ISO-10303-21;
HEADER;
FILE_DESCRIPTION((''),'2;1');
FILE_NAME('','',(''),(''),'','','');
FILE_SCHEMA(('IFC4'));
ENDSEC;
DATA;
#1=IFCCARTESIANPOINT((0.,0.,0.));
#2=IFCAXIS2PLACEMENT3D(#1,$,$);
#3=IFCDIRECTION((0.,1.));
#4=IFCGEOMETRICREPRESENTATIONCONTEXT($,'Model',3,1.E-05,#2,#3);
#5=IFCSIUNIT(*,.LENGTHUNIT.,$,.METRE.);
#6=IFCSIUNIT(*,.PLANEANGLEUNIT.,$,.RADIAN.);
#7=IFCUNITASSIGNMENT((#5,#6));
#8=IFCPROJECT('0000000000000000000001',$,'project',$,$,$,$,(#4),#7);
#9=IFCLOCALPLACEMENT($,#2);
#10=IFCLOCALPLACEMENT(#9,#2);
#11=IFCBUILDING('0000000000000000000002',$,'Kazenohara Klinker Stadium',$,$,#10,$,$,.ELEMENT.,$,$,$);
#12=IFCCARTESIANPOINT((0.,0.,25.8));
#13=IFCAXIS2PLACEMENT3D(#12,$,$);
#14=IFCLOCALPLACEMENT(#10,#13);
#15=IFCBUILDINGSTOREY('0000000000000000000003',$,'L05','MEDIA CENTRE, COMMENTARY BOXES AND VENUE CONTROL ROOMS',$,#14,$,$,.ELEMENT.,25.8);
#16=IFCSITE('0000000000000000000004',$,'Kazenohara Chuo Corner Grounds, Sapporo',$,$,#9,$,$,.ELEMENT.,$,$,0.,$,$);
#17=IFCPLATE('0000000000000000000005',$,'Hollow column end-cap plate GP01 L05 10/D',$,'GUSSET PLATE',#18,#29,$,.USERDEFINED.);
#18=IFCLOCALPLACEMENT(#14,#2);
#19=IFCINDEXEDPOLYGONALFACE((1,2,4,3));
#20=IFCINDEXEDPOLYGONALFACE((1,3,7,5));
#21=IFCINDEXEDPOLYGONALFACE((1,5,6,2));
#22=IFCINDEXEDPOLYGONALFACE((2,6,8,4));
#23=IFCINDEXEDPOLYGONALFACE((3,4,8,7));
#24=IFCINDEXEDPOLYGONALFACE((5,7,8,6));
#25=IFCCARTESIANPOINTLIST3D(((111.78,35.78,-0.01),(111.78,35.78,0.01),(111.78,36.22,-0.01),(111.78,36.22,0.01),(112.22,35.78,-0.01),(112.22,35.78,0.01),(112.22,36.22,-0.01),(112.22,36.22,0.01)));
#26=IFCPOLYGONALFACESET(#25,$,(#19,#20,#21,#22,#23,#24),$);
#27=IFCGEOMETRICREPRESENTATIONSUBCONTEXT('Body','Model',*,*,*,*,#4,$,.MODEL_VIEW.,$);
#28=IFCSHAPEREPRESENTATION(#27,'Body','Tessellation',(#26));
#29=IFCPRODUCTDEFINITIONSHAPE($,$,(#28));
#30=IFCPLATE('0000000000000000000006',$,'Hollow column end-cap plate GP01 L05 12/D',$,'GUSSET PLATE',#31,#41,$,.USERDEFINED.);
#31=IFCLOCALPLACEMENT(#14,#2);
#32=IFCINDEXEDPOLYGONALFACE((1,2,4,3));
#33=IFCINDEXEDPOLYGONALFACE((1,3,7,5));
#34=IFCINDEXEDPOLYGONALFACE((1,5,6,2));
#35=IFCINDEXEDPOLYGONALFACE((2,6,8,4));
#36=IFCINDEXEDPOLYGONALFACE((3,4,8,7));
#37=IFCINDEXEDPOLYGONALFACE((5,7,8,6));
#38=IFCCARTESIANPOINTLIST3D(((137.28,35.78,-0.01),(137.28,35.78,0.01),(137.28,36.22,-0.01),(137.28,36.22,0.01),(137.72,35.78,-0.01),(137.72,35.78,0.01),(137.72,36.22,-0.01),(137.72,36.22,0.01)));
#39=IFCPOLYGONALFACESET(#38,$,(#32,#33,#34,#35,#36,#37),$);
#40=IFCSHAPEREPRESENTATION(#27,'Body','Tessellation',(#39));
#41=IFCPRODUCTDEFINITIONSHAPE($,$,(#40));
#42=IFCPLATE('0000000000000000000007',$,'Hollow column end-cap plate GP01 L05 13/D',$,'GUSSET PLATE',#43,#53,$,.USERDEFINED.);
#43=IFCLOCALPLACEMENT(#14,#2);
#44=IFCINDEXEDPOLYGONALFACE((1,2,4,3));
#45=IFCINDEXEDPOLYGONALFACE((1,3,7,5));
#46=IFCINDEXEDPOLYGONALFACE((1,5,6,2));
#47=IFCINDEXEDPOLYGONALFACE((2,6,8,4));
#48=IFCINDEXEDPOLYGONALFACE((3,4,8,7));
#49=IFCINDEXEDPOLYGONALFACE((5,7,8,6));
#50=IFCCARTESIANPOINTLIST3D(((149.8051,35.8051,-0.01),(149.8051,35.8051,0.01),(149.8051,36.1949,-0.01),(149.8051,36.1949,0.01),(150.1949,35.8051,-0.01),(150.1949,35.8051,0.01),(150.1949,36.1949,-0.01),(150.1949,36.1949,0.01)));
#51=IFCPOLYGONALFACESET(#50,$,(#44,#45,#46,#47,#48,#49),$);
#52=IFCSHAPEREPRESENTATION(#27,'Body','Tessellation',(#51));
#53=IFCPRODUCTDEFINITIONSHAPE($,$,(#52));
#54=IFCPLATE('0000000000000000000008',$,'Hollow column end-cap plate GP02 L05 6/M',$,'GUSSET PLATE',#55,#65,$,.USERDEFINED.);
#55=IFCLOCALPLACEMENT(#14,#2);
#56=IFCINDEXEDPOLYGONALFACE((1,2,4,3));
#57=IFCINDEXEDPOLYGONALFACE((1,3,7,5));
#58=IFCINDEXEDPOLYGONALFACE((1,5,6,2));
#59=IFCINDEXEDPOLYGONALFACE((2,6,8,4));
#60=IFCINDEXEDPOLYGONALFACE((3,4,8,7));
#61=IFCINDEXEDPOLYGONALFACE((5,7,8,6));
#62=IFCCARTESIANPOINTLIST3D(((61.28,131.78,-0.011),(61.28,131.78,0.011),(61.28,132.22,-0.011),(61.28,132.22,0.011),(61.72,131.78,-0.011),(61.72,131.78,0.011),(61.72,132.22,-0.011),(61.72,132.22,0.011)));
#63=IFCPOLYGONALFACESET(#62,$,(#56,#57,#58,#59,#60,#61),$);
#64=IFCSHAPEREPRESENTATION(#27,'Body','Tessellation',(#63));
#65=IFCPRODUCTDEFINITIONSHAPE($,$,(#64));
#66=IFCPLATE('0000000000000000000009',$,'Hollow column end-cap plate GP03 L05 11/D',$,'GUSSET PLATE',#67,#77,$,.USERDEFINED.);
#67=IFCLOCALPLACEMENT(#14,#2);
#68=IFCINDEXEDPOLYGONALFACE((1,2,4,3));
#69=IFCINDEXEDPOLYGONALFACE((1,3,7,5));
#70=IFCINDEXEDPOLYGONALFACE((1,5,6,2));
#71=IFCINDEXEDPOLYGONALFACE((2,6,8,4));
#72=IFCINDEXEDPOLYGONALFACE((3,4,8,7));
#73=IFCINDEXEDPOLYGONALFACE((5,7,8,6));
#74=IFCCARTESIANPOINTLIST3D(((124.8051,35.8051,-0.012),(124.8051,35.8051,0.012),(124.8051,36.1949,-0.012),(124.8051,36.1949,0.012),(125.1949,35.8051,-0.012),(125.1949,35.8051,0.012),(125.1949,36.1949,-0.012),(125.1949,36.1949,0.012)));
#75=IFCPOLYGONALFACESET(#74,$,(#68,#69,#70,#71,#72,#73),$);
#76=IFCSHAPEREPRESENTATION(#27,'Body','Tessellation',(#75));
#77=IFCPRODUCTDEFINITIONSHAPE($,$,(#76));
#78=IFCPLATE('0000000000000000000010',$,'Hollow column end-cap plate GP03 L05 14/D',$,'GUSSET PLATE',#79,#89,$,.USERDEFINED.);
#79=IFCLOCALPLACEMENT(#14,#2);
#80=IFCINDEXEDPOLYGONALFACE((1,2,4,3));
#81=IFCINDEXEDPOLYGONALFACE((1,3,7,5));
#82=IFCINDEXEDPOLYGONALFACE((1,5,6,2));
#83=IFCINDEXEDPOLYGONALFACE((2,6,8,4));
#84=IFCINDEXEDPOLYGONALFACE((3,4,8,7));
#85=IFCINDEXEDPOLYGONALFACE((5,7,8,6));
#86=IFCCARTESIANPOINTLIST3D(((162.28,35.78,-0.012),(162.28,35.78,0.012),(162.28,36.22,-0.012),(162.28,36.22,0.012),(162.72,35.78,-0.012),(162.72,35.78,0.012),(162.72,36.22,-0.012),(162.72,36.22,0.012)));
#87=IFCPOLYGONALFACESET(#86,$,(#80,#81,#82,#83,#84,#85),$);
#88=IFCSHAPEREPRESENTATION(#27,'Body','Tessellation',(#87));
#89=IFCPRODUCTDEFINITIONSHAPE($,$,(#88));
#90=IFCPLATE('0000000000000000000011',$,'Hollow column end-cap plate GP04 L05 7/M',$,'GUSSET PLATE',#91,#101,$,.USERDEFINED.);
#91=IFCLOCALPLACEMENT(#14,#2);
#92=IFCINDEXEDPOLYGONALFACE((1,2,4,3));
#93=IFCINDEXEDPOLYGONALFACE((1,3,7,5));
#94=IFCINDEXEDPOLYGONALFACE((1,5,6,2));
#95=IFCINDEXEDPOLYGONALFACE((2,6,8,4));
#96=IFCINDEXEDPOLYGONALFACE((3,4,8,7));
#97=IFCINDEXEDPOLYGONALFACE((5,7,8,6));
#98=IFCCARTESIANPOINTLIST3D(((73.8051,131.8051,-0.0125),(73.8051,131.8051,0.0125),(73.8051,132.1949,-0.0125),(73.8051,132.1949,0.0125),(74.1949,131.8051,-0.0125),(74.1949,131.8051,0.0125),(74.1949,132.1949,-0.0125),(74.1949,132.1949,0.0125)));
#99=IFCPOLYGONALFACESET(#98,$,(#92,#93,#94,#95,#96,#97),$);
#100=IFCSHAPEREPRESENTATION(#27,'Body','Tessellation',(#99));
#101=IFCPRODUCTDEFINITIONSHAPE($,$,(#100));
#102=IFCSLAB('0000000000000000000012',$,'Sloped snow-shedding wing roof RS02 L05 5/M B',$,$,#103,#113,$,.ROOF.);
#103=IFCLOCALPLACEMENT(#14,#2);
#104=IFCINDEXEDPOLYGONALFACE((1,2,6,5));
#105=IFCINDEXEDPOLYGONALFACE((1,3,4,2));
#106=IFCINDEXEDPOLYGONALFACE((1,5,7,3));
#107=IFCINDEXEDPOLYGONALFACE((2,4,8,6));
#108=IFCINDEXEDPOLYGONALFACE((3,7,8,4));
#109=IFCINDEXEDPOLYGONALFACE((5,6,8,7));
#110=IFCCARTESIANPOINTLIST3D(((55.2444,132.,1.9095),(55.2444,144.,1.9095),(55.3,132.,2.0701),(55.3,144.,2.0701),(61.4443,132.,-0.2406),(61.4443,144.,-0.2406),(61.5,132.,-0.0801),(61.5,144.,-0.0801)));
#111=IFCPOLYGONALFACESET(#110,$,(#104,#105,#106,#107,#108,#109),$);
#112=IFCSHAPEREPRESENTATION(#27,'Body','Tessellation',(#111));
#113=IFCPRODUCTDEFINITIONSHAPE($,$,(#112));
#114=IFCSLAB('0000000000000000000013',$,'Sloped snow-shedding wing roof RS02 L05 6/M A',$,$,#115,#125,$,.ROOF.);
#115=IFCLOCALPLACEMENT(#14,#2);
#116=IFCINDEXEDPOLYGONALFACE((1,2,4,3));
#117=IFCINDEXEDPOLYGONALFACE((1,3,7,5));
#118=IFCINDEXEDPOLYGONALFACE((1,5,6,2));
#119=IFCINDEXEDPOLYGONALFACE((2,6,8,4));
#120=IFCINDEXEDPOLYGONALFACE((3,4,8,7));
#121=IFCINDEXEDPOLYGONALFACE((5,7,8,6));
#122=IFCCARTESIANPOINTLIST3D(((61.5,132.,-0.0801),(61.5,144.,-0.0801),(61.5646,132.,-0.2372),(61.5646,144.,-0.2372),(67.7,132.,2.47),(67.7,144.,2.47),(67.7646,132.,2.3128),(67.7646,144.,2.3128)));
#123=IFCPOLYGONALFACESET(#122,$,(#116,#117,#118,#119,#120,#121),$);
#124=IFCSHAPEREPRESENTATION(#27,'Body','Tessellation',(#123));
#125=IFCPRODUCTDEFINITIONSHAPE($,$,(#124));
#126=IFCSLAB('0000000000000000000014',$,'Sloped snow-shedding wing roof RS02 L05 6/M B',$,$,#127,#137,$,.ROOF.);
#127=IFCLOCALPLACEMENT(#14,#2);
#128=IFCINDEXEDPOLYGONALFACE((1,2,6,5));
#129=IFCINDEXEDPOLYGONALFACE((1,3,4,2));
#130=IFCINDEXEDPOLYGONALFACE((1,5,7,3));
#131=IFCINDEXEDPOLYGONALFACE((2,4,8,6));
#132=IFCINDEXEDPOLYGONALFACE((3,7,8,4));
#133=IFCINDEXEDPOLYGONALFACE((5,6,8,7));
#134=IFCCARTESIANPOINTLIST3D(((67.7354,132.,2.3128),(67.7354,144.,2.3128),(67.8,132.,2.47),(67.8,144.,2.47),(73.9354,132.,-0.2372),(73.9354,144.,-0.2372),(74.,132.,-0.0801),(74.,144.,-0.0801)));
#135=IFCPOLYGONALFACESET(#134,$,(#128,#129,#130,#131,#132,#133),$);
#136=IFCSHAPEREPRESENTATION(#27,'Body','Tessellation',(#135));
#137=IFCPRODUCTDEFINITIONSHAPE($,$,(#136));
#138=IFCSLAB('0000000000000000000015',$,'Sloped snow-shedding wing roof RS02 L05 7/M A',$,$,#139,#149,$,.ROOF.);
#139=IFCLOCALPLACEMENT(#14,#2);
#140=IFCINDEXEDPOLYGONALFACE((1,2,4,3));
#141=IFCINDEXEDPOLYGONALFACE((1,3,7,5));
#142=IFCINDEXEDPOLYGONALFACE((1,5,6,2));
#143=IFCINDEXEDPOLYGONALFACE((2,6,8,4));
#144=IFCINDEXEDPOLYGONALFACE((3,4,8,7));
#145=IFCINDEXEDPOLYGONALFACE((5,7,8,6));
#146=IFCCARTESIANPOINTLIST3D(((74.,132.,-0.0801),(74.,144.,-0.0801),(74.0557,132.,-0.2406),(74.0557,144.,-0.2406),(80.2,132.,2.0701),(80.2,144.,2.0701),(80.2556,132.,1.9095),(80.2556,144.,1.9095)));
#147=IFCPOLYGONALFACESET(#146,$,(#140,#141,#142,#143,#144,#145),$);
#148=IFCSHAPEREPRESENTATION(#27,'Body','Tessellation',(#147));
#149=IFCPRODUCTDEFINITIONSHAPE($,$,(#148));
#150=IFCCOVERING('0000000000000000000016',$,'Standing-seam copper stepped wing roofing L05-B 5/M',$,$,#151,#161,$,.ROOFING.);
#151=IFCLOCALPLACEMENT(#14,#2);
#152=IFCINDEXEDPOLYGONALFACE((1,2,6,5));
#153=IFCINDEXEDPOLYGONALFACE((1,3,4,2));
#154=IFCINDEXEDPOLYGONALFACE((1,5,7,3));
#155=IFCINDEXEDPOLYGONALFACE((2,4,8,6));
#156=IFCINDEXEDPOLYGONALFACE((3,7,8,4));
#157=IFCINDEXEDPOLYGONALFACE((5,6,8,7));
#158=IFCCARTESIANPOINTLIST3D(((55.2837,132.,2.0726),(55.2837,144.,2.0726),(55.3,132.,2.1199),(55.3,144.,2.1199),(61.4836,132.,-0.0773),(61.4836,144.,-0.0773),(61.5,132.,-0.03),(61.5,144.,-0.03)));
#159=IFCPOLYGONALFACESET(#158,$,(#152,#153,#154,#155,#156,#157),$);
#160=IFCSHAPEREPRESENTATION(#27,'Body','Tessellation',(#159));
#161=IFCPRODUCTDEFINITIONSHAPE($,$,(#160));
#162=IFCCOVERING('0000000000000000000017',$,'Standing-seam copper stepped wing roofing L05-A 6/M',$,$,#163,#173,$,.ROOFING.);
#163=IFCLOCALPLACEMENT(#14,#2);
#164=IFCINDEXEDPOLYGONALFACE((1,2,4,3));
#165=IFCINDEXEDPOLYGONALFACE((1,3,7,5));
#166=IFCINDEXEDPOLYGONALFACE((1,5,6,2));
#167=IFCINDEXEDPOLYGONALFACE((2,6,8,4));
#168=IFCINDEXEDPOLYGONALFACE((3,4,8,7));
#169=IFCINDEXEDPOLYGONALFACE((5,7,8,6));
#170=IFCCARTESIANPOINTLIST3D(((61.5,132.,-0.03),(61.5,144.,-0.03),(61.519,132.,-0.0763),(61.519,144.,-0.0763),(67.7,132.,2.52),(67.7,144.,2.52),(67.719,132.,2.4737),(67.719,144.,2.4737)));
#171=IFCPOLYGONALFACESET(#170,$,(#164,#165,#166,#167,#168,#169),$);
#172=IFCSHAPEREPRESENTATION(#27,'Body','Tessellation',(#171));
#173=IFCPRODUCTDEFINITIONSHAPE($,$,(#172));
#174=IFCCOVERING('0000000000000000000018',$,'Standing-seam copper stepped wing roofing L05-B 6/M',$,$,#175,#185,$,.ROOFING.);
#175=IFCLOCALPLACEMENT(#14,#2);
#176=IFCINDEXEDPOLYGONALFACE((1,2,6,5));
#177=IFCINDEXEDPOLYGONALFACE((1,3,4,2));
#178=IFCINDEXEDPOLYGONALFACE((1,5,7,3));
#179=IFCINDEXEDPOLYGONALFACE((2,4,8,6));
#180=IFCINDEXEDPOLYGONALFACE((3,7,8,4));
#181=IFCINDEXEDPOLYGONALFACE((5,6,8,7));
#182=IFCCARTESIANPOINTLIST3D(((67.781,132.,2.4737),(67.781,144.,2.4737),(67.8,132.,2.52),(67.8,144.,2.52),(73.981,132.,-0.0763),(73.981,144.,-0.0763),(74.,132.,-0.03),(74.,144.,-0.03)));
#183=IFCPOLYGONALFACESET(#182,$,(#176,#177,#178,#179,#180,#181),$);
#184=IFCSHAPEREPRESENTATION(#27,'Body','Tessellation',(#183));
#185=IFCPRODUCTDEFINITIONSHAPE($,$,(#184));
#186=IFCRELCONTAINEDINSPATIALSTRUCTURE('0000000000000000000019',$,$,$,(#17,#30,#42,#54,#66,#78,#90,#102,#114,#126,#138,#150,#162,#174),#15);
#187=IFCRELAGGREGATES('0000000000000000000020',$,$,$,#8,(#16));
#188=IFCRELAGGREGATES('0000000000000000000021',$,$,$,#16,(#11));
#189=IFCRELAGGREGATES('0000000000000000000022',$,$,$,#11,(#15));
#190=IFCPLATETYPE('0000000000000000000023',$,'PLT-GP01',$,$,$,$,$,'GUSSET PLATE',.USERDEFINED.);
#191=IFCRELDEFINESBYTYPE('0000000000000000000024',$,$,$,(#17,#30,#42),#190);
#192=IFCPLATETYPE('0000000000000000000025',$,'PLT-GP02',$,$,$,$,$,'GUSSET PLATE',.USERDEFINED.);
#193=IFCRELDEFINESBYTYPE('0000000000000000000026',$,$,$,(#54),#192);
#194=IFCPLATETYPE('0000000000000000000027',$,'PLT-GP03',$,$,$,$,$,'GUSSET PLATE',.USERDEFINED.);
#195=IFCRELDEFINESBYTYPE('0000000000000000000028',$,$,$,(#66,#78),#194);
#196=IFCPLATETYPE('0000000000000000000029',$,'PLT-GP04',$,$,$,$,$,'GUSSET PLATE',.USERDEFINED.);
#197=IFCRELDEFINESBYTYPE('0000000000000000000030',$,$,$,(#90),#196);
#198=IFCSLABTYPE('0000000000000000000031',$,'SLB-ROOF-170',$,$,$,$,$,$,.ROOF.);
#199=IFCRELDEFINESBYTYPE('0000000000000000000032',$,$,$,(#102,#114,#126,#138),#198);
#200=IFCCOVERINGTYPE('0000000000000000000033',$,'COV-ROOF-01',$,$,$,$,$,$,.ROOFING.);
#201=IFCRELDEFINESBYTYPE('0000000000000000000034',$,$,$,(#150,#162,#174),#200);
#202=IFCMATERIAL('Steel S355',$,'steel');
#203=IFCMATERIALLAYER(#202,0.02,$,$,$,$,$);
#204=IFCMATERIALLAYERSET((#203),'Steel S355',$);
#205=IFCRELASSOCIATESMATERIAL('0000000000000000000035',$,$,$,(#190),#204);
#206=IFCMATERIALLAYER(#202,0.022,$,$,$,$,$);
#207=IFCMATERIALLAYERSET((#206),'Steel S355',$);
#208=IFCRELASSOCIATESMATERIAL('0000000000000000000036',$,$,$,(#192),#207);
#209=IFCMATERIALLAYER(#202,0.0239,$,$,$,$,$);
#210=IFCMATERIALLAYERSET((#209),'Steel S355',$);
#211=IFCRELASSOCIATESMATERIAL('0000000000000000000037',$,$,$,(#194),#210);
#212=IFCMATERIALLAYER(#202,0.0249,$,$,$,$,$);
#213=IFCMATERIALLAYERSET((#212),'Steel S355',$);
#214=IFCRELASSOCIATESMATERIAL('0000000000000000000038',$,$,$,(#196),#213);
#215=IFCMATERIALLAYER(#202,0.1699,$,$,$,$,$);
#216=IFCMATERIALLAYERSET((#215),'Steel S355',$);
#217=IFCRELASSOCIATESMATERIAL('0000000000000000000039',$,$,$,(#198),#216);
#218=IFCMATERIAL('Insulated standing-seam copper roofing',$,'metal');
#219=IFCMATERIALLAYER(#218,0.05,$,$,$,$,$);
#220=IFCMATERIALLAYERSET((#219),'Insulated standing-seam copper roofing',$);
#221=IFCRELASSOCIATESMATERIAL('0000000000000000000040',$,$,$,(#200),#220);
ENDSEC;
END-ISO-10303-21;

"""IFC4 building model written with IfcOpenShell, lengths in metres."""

from ifc_helpers import new_model, si_unit, direction, frame, origin, origin_2d, place, context, subcontext, project, spatial, polyline, rectangle, outline, extrude, material, layer, layer_set, type_object, element, save


model = new_model("IFC4")

# Units and contexts
model_context = context("Model", 3, precision=1e-05, world=origin(), true_north=direction((0.0, 1.0)))
body_context = subcontext(model_context, "Body", "Model", "MODEL_VIEW")
ifc_project = project(units=[si_unit("LENGTHUNIT", "METRE"), si_unit("PLANEANGLEUNIT", "RADIAN")], contexts=[model_context])

# Site, building, storey
site_placement = place(None, origin())
site = spatial("IfcSite", under=ifc_project, at=site_placement, Name="Kazenohara Chuo Corner Grounds, Sapporo", CompositionType="ELEMENT", RefElevation=0.0)
building_placement = place(site_placement, origin())
building = spatial("IfcBuilding", under=site, at=building_placement, Name="Kazenohara Klinker Stadium", CompositionType="ELEMENT")
storey_placement = place(building_placement, frame((0.0, 0.0, 25.8)))
storey = spatial("IfcBuildingStorey", under=building, at=storey_placement, Name="L05", Description="MEDIA CENTRE, COMMENTARY BOXES AND VENUE CONTROL ROOMS", CompositionType="ELEMENT", Elevation=25.8)

# Shared definitions
ifc_material_1 = material(Name="Steel S355", Category="steel")

# Plates
ifc_layer_1 = layer(ifc_material_1, 0.02)
ifc_layer_set_1 = layer_set([ifc_layer_1], Name="Steel S355")
plate_type_1 = type_object("IfcPlateType", Name="PLT-GP01", ElementType="GUSSET PLATE", PredefinedType="USERDEFINED", material=ifc_layer_set_1)
for number, where, z_axis, x_axis, name in (
    (1, (112.0, 36.0, -0.01), (0.0, 0.0, 1.0), (1.0, 0.0, 0.0), "Hollow column end-cap plate GP01 L05 10/D"),
    (2, (137.5, 36.0, -0.01), (0.0, 0.0, 1.0), (1.0, 0.0, 0.0), "Hollow column end-cap plate GP01 L05 12/D"),
):
    element("IfcPlate", number, at=place(storey_placement, frame(where, z_axis=z_axis, x_axis=x_axis)), inside=storey, type_object=plate_type_1, Name=name, ObjectType="GUSSET PLATE", PredefinedType="USERDEFINED", context=body_context, shape_type="SweptSolid", body=[
        extrude(rectangle(XDim=0.4399, YDim=0.4399, at=origin_2d()), origin(), (0.0, 0.0, 1.0), 0.02),
    ])
plate_1_placement = place(storey_placement, frame((150.0, 36.0, -0.01), z_axis=(0.0, 0.0, 1.0), x_axis=(1.0, 0.0, 0.0)))
element("IfcPlate", 3, at=plate_1_placement, inside=storey, type_object=plate_type_1, Name="Hollow column end-cap plate GP01 L05 13/D", ObjectType="GUSSET PLATE", PredefinedType="USERDEFINED", context=body_context, shape_type="SweptSolid", body=[
    extrude(rectangle(XDim=0.3899, YDim=0.3899, at=origin_2d()), origin(), (0.0, 0.0, 1.0), 0.02),
])
ifc_layer_2 = layer(ifc_material_1, 0.022)
ifc_layer_set_2 = layer_set([ifc_layer_2], Name="Steel S355")
plate_type_2 = type_object("IfcPlateType", Name="PLT-GP02", ElementType="GUSSET PLATE", PredefinedType="USERDEFINED", material=ifc_layer_set_2)
plate_2_placement = place(storey_placement, frame((61.5, 132.0, -0.011), z_axis=(0.0, 0.0, 1.0), x_axis=(1.0, 0.0, 0.0)))
element("IfcPlate", 4, at=plate_2_placement, inside=storey, type_object=plate_type_2, Name="Hollow column end-cap plate GP02 L05 6/M", ObjectType="GUSSET PLATE", PredefinedType="USERDEFINED", context=body_context, shape_type="SweptSolid", body=[
    extrude(rectangle(XDim=0.4399, YDim=0.4399, at=origin_2d()), origin(), (0.0, 0.0, 1.0), 0.022),
])
ifc_layer_3 = layer(ifc_material_1, 0.0239)
ifc_layer_set_3 = layer_set([ifc_layer_3], Name="Steel S355")
plate_type_3 = type_object("IfcPlateType", Name="PLT-GP03", ElementType="GUSSET PLATE", PredefinedType="USERDEFINED", material=ifc_layer_set_3)
plate_3_placement = place(storey_placement, frame((125.0, 36.0, -0.012), z_axis=(0.0, 0.0, 1.0), x_axis=(1.0, 0.0, 0.0)))
element("IfcPlate", 5, at=plate_3_placement, inside=storey, type_object=plate_type_3, Name="Hollow column end-cap plate GP03 L05 11/D", ObjectType="GUSSET PLATE", PredefinedType="USERDEFINED", context=body_context, shape_type="SweptSolid", body=[
    extrude(rectangle(XDim=0.3899, YDim=0.3899, at=origin_2d()), origin(), (0.0, 0.0, 1.0), 0.0239),
])
plate_4_placement = place(storey_placement, frame((162.5, 36.0, -0.012), z_axis=(0.0, 0.0, 1.0), x_axis=(1.0, 0.0, 0.0)))
element("IfcPlate", 6, at=plate_4_placement, inside=storey, type_object=plate_type_3, Name="Hollow column end-cap plate GP03 L05 14/D", ObjectType="GUSSET PLATE", PredefinedType="USERDEFINED", context=body_context, shape_type="SweptSolid", body=[
    extrude(rectangle(XDim=0.4399, YDim=0.4399, at=origin_2d()), origin(), (0.0, 0.0, 1.0), 0.0239),
])
ifc_layer_4 = layer(ifc_material_1, 0.0249)
ifc_layer_set_4 = layer_set([ifc_layer_4], Name="Steel S355")
plate_type_4 = type_object("IfcPlateType", Name="PLT-GP04", ElementType="GUSSET PLATE", PredefinedType="USERDEFINED", material=ifc_layer_set_4)
plate_5_placement = place(storey_placement, frame((74.0, 132.0, -0.0125), z_axis=(0.0, 0.0, 1.0), x_axis=(1.0, 0.0, 0.0)))
element("IfcPlate", 7, at=plate_5_placement, inside=storey, type_object=plate_type_4, Name="Hollow column end-cap plate GP04 L05 7/M", ObjectType="GUSSET PLATE", PredefinedType="USERDEFINED", context=body_context, shape_type="SweptSolid", body=[
    extrude(rectangle(XDim=0.3899, YDim=0.3899, at=origin_2d()), origin(), (0.0, 0.0, 1.0), 0.0249),
])

# Slabs
ifc_layer_5 = layer(ifc_material_1, 0.1699)
ifc_layer_set_5 = layer_set([ifc_layer_5], Name="Steel S355")
slab_type = type_object("IfcSlabType", Name="SLB-ROOF-170", PredefinedType="ROOF", material=ifc_layer_set_5)
slab_1_placement = place(storey_placement, frame((55.3, 132.0, 2.0701), z_axis=(0.327656, 0.0, 0.944797), x_axis=(0.944797, 0.0, -0.327656)))
element("IfcSlab", 8, at=slab_1_placement, inside=storey, type_object=slab_type, Name="Sloped snow-shedding wing roof RS02 L05 5/M B", PredefinedType="ROOF", context=body_context, shape_type="SweptSolid", body=[
    extrude(outline(polyline([(0.0, 0.0), (6.5622, 0.0), (6.5622, 12.0), (0.0, 12.0), (0.0, 0.0)])), origin(), (0.0, 0.0, -1.0), 0.1699),
])
for number, where, z_axis, x_axis, name in (
    (9, (61.5, 132.0, -0.0801), (-0.380383, 0.0, 0.924829), (0.924829, 0.0, 0.380383), "Sloped snow-shedding wing roof RS02 L05 6/M A"),
    (10, (67.8, 132.0, 2.47), (0.380383, 0.0, 0.924829), (0.924829, 0.0, -0.380383), "Sloped snow-shedding wing roof RS02 L05 6/M B"),
):
    element("IfcSlab", number, at=place(storey_placement, frame(where, z_axis=z_axis, x_axis=x_axis)), inside=storey, type_object=slab_type, Name=name, PredefinedType="ROOF", context=body_context, shape_type="SweptSolid", body=[
        extrude(outline(polyline([(0.0, 0.0), (6.7039, 0.0), (6.7039, 12.0), (0.0, 12.0), (0.0, 0.0)])), origin(), (0.0, 0.0, -1.0), 0.1699),
    ])
slab_2_placement = place(storey_placement, frame((74.0, 132.0, -0.0801), z_axis=(-0.327656, 0.0, 0.944797), x_axis=(0.944797, 0.0, 0.327656)))
element("IfcSlab", 11, at=slab_2_placement, inside=storey, type_object=slab_type, Name="Sloped snow-shedding wing roof RS02 L05 7/M A", PredefinedType="ROOF", context=body_context, shape_type="SweptSolid", body=[
    extrude(outline(polyline([(0.0, 0.0), (6.5622, 0.0), (6.5622, 12.0), (0.0, 12.0), (0.0, 0.0)])), origin(), (0.0, 0.0, -1.0), 0.1699),
])

# Coverings
ifc_material_2 = material(Name="Insulated standing-seam copper roofing", Category="metal")
ifc_layer_6 = layer(ifc_material_2, 0.05)
ifc_layer_set_6 = layer_set([ifc_layer_6], Name="Insulated standing-seam copper roofing")
covering_type = type_object("IfcCoveringType", Name="COV-ROOF-01", PredefinedType="ROOFING", material=ifc_layer_set_6)
covering_1_placement = place(storey_placement, frame((55.3, 132.0, 2.1199), z_axis=(0.327623, 0.0, 0.944809), x_axis=(0.944809, 0.0, -0.327623)))
element("IfcCovering", 12, at=covering_1_placement, inside=storey, type_object=covering_type, Name="Standing-seam copper stepped wing roofing L05-B 5/M", PredefinedType="ROOFING", context=body_context, shape_type="SweptSolid", body=[
    extrude(outline(polyline([(0.0, 0.0), (6.5621, 0.0), (6.5621, 12.0), (0.0, 12.0), (0.0, 0.0)])), origin(), (0.0, 0.0, -1.0), 0.05),
])
for number, where, z_axis, x_axis, name in (
    (13, (61.5, 132.0, -0.03), (-0.380383, 0.0, 0.924829), (0.924829, 0.0, 0.380383), "Standing-seam copper stepped wing roofing L05-A 6/M"),
    (14, (67.8, 132.0, 2.52), (0.380383, 0.0, 0.924829), (0.924829, 0.0, -0.380383), "Standing-seam copper stepped wing roofing L05-B 6/M"),
):
    element("IfcCovering", number, at=place(storey_placement, frame(where, z_axis=z_axis, x_axis=x_axis)), inside=storey, type_object=covering_type, Name=name, PredefinedType="ROOFING", context=body_context, shape_type="SweptSolid", body=[
        extrude(outline(polyline([(0.0, 0.0), (6.7039, 0.0), (6.7039, 12.0), (0.0, 12.0), (0.0, 0.0)])), origin(), (0.0, 0.0, -1.0), 0.05),
    ])

save(model, "model.ifc")
